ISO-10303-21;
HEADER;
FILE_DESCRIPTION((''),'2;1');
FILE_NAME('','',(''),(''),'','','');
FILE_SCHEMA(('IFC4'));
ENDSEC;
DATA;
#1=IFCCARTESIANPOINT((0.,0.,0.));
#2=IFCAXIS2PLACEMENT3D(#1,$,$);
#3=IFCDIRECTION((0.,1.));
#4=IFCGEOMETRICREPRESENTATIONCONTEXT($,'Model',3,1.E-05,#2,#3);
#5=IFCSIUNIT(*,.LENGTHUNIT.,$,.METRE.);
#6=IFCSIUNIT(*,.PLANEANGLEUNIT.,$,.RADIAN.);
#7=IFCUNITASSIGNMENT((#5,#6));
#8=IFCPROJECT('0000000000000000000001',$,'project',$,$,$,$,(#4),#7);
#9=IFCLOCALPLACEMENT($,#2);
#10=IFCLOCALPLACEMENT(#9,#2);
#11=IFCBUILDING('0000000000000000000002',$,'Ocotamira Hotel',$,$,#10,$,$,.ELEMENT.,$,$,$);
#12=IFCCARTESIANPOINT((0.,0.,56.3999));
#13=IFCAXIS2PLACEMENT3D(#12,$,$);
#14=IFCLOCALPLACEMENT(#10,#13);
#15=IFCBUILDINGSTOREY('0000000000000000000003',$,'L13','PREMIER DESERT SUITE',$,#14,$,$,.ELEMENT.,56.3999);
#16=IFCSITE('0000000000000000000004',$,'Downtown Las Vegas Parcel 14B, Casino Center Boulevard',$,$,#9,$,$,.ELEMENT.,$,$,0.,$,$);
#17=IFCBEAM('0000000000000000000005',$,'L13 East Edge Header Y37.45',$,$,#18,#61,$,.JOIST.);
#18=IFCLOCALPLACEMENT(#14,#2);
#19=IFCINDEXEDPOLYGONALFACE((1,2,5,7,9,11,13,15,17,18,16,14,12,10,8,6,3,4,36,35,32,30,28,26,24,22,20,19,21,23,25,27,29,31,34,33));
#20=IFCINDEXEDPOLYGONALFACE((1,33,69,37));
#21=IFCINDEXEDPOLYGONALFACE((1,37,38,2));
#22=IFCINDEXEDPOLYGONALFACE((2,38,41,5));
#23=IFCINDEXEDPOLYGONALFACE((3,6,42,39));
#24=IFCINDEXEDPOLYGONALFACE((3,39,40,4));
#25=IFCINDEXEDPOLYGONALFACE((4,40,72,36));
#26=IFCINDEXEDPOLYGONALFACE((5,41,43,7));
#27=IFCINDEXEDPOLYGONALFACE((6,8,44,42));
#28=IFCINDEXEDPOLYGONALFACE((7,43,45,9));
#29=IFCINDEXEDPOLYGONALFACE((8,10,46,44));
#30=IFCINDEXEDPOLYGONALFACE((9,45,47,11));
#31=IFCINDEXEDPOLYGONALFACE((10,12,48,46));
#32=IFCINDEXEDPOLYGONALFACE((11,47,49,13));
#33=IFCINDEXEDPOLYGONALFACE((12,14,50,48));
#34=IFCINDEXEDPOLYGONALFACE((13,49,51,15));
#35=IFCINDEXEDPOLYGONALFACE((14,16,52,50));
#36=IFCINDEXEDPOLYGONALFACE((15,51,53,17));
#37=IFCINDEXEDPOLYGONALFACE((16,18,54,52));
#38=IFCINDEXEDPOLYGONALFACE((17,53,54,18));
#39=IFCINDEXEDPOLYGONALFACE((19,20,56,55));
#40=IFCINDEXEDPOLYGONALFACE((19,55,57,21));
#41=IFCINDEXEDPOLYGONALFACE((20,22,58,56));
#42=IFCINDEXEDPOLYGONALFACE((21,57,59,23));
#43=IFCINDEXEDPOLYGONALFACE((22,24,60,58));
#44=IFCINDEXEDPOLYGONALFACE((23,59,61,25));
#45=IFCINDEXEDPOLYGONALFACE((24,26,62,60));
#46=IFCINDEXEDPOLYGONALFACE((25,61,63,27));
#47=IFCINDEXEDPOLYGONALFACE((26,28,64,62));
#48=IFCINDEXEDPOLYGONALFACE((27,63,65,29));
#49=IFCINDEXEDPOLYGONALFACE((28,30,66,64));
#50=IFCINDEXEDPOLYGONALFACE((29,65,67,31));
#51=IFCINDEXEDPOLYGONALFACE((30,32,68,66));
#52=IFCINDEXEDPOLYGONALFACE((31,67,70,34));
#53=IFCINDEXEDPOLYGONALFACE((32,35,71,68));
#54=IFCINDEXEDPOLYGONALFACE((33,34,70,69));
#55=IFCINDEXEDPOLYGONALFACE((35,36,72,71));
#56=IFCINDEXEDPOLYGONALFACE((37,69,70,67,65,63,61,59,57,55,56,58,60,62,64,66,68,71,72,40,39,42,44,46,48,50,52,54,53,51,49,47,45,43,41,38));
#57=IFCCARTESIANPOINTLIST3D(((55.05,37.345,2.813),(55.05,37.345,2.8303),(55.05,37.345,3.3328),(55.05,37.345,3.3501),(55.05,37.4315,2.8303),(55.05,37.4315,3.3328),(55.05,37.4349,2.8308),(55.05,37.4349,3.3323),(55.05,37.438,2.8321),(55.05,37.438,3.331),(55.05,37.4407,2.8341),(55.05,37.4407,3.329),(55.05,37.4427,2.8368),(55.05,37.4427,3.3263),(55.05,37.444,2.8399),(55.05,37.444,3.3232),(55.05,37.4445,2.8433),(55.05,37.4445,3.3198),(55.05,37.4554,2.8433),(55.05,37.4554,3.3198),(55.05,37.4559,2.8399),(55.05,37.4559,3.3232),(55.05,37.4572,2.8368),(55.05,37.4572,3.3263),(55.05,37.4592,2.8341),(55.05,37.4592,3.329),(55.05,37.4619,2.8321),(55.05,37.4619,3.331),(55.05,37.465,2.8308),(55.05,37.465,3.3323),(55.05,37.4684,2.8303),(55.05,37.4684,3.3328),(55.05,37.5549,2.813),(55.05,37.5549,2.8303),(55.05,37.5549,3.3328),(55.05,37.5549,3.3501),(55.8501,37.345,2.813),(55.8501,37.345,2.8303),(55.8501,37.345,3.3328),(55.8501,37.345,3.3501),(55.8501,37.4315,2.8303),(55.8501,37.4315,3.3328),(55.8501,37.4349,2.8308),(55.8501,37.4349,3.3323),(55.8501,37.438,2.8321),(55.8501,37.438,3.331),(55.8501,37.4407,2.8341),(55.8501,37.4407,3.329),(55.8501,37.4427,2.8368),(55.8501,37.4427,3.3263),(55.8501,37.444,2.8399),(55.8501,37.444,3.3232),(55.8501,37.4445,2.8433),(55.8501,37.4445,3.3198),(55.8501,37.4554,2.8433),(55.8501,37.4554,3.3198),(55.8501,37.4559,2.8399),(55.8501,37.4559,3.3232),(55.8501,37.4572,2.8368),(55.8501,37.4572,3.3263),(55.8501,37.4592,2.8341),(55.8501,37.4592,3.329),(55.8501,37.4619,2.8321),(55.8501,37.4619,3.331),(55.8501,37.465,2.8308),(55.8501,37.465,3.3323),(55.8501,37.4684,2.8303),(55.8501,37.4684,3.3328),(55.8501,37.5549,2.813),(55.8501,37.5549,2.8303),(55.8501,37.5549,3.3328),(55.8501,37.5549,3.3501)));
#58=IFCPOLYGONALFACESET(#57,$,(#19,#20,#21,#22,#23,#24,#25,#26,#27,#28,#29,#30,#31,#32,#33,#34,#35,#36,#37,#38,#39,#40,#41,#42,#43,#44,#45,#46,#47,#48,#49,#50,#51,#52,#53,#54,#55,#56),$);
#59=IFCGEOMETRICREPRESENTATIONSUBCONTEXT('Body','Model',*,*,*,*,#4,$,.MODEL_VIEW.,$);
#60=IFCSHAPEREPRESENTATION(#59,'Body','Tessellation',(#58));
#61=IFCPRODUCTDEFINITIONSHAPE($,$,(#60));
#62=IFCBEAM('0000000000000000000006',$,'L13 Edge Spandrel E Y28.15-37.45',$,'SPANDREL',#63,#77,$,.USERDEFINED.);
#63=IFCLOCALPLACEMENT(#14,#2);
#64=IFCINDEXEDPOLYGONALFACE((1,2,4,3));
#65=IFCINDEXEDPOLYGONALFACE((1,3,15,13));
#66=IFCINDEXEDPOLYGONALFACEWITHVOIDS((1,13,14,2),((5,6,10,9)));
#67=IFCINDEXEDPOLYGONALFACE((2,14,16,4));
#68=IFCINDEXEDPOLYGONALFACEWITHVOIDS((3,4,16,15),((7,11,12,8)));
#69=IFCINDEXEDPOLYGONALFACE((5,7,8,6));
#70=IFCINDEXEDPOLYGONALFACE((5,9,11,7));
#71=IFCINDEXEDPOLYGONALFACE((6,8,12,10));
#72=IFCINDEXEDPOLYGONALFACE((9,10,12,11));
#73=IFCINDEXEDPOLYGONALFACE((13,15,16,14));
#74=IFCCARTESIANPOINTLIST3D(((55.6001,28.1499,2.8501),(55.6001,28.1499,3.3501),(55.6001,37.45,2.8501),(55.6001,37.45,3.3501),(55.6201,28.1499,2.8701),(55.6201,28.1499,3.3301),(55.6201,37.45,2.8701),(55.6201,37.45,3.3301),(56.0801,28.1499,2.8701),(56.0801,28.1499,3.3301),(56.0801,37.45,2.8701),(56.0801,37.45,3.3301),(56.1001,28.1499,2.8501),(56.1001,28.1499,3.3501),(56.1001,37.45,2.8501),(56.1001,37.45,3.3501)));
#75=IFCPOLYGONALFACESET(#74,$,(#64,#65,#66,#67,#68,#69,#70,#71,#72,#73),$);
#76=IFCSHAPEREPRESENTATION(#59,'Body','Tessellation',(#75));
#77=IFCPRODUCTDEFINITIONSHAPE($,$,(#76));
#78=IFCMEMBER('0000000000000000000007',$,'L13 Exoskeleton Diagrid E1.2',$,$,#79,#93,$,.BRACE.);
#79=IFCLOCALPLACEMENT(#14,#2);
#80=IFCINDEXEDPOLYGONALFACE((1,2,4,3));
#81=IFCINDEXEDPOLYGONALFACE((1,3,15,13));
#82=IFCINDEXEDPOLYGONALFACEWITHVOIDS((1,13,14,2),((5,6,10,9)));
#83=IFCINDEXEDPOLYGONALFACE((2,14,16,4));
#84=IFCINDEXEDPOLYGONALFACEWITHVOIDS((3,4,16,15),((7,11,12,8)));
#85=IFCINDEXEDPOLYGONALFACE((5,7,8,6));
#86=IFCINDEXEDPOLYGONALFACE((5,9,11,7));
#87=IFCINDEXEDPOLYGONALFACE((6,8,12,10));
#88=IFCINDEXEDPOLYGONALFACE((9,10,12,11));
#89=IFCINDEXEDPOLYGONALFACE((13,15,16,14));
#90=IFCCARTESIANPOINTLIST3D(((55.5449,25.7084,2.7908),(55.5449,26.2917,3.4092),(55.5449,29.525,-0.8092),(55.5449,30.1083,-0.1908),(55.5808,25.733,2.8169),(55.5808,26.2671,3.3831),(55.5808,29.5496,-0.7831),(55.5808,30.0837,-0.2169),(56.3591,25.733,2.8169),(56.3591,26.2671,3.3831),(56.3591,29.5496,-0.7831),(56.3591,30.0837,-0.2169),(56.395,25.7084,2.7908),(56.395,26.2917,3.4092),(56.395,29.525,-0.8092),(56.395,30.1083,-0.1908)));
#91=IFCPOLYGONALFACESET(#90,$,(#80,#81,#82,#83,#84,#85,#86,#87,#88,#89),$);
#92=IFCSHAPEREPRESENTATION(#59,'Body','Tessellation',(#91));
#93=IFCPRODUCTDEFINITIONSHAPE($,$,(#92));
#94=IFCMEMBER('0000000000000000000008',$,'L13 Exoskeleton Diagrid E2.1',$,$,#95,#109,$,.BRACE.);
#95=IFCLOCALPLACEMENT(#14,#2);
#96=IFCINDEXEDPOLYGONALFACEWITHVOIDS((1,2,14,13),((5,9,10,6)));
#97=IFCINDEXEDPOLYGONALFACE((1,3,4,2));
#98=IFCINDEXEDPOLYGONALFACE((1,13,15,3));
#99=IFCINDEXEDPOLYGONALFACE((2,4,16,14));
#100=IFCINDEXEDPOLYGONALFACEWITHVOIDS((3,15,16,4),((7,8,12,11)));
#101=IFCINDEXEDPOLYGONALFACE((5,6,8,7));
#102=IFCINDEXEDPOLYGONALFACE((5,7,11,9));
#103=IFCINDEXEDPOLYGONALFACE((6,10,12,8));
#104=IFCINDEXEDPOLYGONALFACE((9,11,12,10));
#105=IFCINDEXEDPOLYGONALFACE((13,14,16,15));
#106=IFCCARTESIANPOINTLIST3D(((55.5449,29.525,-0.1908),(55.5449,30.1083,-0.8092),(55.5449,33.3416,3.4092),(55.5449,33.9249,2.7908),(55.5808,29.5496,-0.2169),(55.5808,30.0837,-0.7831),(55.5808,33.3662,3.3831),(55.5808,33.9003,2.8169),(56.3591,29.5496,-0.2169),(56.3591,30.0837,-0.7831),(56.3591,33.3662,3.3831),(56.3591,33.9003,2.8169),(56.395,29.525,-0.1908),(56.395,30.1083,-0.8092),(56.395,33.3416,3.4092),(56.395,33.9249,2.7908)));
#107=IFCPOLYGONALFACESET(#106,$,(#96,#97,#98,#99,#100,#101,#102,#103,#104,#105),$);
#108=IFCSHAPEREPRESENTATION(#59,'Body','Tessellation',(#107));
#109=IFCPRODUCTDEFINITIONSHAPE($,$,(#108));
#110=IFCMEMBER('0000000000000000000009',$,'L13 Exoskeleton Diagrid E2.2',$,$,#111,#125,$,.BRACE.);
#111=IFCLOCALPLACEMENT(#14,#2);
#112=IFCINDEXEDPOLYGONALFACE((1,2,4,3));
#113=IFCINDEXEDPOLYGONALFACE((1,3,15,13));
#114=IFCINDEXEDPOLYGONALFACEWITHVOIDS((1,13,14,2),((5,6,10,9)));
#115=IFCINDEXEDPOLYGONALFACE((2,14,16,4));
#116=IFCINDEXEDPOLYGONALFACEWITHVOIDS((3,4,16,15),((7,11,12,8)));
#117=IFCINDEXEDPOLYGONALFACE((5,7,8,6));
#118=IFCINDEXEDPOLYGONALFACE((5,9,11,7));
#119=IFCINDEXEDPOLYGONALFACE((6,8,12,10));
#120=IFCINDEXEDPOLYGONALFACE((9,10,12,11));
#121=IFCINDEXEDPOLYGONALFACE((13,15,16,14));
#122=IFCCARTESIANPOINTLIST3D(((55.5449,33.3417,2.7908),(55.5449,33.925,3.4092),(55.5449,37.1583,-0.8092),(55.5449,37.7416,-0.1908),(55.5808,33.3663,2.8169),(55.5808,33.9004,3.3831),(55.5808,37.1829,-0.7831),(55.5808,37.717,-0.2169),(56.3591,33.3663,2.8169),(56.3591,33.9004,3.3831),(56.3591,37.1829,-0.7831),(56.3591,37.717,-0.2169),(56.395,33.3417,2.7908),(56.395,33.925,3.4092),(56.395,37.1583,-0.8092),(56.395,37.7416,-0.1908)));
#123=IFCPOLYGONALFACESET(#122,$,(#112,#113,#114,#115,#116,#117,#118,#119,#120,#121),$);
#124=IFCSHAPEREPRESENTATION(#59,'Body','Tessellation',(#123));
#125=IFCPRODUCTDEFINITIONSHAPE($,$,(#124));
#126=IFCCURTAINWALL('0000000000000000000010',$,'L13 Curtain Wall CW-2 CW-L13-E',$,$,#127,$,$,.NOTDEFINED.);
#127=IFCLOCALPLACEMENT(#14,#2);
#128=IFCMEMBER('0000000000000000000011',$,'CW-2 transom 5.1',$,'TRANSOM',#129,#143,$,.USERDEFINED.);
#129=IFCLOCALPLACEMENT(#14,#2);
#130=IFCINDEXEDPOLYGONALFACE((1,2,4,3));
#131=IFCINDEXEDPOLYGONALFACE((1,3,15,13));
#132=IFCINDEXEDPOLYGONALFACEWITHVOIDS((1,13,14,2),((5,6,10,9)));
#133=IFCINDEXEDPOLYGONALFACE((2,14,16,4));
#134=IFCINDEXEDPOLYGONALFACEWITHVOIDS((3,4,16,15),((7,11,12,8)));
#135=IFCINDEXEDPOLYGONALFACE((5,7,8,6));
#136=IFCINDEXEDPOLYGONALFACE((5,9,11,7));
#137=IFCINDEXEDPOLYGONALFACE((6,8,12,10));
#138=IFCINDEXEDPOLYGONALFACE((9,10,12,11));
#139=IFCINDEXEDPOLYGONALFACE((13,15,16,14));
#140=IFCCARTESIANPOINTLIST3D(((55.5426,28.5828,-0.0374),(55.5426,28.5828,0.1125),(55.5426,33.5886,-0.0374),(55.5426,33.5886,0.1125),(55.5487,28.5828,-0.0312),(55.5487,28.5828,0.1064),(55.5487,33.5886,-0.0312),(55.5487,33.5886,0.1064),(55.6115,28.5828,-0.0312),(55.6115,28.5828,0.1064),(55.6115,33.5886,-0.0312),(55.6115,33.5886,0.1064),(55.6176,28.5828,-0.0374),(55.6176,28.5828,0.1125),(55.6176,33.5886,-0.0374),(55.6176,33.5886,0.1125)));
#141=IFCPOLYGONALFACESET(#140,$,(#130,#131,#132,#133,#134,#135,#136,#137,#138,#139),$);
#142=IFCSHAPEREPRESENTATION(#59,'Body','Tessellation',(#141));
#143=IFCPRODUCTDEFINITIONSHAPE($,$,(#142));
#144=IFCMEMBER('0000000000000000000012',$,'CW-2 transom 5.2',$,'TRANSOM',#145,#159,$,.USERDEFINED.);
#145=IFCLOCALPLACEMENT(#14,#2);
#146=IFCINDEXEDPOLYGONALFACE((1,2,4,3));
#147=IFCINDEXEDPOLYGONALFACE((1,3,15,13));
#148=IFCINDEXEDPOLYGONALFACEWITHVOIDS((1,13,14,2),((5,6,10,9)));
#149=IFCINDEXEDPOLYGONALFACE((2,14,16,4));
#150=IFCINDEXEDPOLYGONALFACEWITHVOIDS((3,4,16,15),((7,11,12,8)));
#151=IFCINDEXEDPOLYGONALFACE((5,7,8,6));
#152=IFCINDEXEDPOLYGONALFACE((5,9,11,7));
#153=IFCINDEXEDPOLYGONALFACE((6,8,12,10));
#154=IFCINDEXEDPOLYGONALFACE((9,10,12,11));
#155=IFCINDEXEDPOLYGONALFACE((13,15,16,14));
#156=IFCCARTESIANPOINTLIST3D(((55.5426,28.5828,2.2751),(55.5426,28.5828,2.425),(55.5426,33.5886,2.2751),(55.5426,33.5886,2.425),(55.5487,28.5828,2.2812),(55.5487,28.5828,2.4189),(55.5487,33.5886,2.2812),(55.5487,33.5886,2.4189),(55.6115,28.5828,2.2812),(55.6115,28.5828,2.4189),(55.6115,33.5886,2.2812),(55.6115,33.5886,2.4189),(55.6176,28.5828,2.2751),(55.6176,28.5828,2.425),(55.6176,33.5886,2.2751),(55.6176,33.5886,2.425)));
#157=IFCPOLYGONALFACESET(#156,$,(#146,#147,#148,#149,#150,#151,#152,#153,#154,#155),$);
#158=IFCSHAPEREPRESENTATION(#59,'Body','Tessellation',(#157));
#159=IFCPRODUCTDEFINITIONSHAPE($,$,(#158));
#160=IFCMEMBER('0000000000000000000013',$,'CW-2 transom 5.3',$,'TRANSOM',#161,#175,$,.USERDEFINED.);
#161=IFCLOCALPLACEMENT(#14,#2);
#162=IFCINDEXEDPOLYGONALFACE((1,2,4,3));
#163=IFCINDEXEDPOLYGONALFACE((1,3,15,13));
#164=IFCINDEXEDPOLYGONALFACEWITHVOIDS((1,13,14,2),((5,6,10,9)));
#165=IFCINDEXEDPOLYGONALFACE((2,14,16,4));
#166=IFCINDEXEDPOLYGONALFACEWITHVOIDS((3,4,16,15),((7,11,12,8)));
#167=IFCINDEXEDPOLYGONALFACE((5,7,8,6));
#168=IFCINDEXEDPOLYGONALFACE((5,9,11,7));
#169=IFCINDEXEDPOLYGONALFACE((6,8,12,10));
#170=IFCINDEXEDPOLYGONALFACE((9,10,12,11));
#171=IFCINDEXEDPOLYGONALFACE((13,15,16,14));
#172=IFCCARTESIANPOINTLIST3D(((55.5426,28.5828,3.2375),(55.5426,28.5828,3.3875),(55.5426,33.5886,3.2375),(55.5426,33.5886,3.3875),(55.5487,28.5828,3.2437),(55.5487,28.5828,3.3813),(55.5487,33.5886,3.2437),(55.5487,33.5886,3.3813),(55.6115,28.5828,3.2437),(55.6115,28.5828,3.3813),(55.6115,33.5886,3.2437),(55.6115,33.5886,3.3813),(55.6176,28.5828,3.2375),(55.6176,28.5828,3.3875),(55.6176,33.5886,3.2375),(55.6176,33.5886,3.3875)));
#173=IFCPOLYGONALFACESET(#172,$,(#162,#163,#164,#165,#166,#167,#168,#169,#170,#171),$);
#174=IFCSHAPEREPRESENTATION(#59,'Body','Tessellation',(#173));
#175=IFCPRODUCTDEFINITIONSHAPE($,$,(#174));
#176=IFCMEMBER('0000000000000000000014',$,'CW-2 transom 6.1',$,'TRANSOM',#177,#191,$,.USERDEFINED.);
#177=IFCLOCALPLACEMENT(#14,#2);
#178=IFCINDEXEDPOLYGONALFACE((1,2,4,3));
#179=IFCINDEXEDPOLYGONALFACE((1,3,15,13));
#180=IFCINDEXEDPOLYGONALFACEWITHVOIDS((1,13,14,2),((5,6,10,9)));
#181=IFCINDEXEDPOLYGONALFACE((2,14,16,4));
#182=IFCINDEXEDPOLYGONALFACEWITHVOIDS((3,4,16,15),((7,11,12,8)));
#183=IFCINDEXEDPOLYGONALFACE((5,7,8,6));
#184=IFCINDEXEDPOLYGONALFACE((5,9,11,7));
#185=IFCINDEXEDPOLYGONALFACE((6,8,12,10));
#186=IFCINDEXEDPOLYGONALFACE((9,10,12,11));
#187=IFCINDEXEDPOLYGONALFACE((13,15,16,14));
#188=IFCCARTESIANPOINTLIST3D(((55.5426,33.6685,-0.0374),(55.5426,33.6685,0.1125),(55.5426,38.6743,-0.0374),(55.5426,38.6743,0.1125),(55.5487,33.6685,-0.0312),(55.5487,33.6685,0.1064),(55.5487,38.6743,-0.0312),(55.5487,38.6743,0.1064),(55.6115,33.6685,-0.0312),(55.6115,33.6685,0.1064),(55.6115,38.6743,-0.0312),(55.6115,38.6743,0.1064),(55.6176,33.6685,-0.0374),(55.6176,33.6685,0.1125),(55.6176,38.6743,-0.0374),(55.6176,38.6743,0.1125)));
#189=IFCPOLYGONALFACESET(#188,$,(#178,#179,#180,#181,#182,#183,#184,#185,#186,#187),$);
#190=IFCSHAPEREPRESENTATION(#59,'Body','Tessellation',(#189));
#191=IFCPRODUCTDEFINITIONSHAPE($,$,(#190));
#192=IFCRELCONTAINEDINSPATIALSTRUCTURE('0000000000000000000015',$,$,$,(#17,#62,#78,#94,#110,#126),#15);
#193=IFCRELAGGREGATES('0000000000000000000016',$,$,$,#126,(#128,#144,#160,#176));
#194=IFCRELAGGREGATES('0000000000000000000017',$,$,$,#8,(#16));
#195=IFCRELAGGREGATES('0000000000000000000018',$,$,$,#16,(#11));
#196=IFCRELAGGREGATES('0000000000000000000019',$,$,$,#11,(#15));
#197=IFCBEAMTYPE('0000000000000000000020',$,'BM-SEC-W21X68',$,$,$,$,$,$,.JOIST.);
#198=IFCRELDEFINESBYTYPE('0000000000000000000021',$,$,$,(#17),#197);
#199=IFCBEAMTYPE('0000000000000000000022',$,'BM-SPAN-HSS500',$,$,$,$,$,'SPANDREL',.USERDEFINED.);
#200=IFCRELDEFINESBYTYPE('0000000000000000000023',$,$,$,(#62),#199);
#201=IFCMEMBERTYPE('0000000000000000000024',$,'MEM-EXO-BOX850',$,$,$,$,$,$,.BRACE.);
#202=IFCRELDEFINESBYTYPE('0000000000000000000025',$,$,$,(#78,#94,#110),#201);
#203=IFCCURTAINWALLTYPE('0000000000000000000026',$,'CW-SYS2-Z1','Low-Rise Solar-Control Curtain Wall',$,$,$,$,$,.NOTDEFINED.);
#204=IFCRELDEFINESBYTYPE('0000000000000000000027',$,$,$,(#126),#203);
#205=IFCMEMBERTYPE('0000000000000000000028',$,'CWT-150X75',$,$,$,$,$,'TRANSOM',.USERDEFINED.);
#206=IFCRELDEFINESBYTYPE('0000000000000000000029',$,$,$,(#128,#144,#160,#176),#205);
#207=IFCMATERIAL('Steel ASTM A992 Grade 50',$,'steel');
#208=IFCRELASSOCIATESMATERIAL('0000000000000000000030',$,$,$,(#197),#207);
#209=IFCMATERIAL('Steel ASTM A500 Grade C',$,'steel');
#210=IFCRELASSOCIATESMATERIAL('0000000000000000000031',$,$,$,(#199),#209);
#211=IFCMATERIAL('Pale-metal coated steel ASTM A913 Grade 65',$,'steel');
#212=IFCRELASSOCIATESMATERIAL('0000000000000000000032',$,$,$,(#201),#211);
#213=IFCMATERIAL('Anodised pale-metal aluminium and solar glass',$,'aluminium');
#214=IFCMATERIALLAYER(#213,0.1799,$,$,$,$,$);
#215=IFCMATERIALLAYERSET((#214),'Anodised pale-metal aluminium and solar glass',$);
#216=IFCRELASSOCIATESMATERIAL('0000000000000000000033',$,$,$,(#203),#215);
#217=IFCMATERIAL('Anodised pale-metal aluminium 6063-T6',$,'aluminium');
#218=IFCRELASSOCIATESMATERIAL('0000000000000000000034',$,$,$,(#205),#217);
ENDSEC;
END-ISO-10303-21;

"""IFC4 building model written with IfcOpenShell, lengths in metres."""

from ifc_helpers import new_model, si_unit, direction, frame, origin, origin_2d, place, context, subcontext, project, spatial, hollow_rectangle, i_section, extrude, source, transform, mapped, material, layer, layer_set, material_profile, profile_set, type_object, element, aggregate, save


model = new_model("IFC4")

# Units and contexts
model_context = context("Model", 3, precision=1e-05, world=origin(), true_north=direction((0.0, 1.0)))
body_context = subcontext(model_context, "Body", "Model", "MODEL_VIEW")
ifc_project = project(units=[si_unit("LENGTHUNIT", "METRE"), si_unit("PLANEANGLEUNIT", "RADIAN")], contexts=[model_context])

# Site, building, storey
site_placement = place(None, origin())
site = spatial("IfcSite", under=ifc_project, at=site_placement, Name="Downtown Las Vegas Parcel 14B, Casino Center Boulevard", CompositionType="ELEMENT", RefElevation=0.0)
building_placement = place(site_placement, origin())
building = spatial("IfcBuilding", under=site, at=building_placement, Name="Ocotamira Hotel", CompositionType="ELEMENT")
storey_placement = place(building_placement, frame((0.0, 0.0, 56.3999)))
storey = spatial("IfcBuildingStorey", under=building, at=storey_placement, Name="L13", Description="PREMIER DESERT SUITE", CompositionType="ELEMENT", Elevation=56.3999)

# Beams
ifc_material_1 = material(Name="Steel ASTM A500 Grade C", Category="steel")
ifc_material_2 = material(Name="Steel ASTM A992 Grade 50", Category="steel")
ifc_material_profile_1 = material_profile(ifc_material_2, i_section(OverallWidth=0.21, OverallDepth=0.5371, WebThickness=0.011, FlangeThickness=0.0173, FilletRadius=0.0129, at=origin_2d()), Name="W21X68")
ifc_profile_set_1 = profile_set([ifc_material_profile_1], Name="Steel ASTM A992 Grade 50")
beam_type_1 = type_object("IfcBeamType", Name="BM-SEC-W21X68", PredefinedType="JOIST", material=ifc_profile_set_1)
shared_shape_1 = source(origin(), body_context, "Body", "SweptSolid", [
    extrude(i_section(OverallWidth=0.21, OverallDepth=0.5371, WebThickness=0.011, FlangeThickness=0.0173, FilletRadius=0.0129, at=origin_2d()), origin(), (0.0, 0.0, 1.0), 0.8),
])
for number, where, z_axis, x_axis, name in (
    (1, (55.05, 37.45, 3.0815), (1.0, 0.0, 0.0), (0.0, 1.0, 0.0), "L13 East Edge Header Y37.45"),
):
    element("IfcBeam", number, at=place(storey_placement, frame(where, z_axis=z_axis, x_axis=x_axis)), inside=storey, type_object=beam_type_1, Name=name, PredefinedType="JOIST", context=body_context, shape_type="MappedRepresentation", body=[
        mapped(shared_shape_1, transform((0.0, 0.0, 0.0), scale=1.0)),
    ])
ifc_material_profile_2 = material_profile(ifc_material_1, hollow_rectangle(XDim=0.5, YDim=0.5, WallThickness=0.02, at=origin_2d()), Name="HSS500X500X20")
ifc_profile_set_2 = profile_set([ifc_material_profile_2], Name="Steel ASTM A500 Grade C")
beam_type_2 = type_object("IfcBeamType", Name="BM-SPAN-HSS500", ElementType="SPANDREL", PredefinedType="USERDEFINED", material=ifc_profile_set_2)
shared_shape_2 = source(origin(), body_context, "Body", "SweptSolid", [
    extrude(hollow_rectangle(XDim=0.5, YDim=0.5, WallThickness=0.02, at=origin_2d()), origin(), (0.0, 0.0, 1.0), 9.3),
])
beam_1_placement = place(storey_placement, frame((55.8501, 28.1499, 3.1001), z_axis=(0.0, 1.0, 0.0), x_axis=(-1.0, 0.0, 0.0)))
element("IfcBeam", 2, at=beam_1_placement, inside=storey, type_object=beam_type_2, Name="L13 Edge Spandrel E Y28.15-37.45", ObjectType="SPANDREL", PredefinedType="USERDEFINED", context=body_context, shape_type="MappedRepresentation", body=[
    mapped(shared_shape_2, transform((0.0, 0.0, 0.0), scale=1.0)),
])

# Members
ifc_material_3 = material(Name="Pale-metal coated steel ASTM A913 Grade 65", Category="steel")
ifc_material_profile_3 = material_profile(ifc_material_3, hollow_rectangle(XDim=0.8501, YDim=0.8501, WallThickness=0.0359, at=origin_2d()), Name="BOX850X850X36")
ifc_profile_set_3 = profile_set([ifc_material_profile_3], Name="Pale-metal coated steel ASTM A913 Grade 65")
member_type_1 = type_object("IfcMemberType", Name="MEM-EXO-BOX850", PredefinedType="BRACE", material=ifc_profile_set_3)
shared_shape_3 = source(origin(), body_context, "Body", "SweptSolid", [
    extrude(hollow_rectangle(XDim=0.8501, YDim=0.8501, WallThickness=0.0359, at=origin_2d()), origin(), (0.0, 0.0, 1.0), 5.2466),
])
for number, where, z_axis, x_axis, name in (
    (3, (55.97, 29.8167, -0.5), (0.0, -0.727443, 0.686168), (1.0, 0.0, 0.0), "L13 Exoskeleton Diagrid E1.2"),
    (4, (55.97, 29.8167, -0.5), (0.0, 0.727443, 0.686168), (-1.0, 0.0, 0.0), "L13 Exoskeleton Diagrid E2.1"),
    (5, (55.97, 37.45, -0.5), (0.0, -0.727443, 0.686168), (1.0, 0.0, 0.0), "L13 Exoskeleton Diagrid E2.2"),
):
    element("IfcMember", number, at=place(storey_placement, frame(where, z_axis=z_axis, x_axis=x_axis)), inside=storey, type_object=member_type_1, Name=name, PredefinedType="BRACE", context=body_context, shape_type="MappedRepresentation", body=[
        mapped(shared_shape_3, transform((0.0, 0.0, 0.0), scale=1.0)),
    ])

# Curtain wall, members
ifc_material_4 = material(Name="Anodised pale-metal aluminium and solar glass", Category="aluminium")
ifc_layer_1 = layer(ifc_material_4, 0.1799)
ifc_layer_set_1 = layer_set([ifc_layer_1], Name="Anodised pale-metal aluminium and solar glass")
curtain_wall_type = type_object("IfcCurtainWallType", Name="CW-SYS2-Z1", Description="Low-Rise Solar-Control Curtain Wall", PredefinedType="NOTDEFINED", material=ifc_layer_set_1)
curtain_wall_placement = place(storey_placement, origin())
curtain_wall = element("IfcCurtainWall", 6, at=curtain_wall_placement, inside=storey, type_object=curtain_wall_type, Name="L13 Curtain Wall CW-2 CW-L13-E", PredefinedType="NOTDEFINED")
ifc_material_5 = material(Name="Anodised pale-metal aluminium 6063-T6", Category="aluminium")
ifc_material_profile_4 = material_profile(ifc_material_5, hollow_rectangle(XDim=0.075, YDim=0.1499, WallThickness=0.0061, at=origin_2d()), Name="HSS150X75X6")
ifc_profile_set_4 = profile_set([ifc_material_profile_4], Name="Anodised pale-metal aluminium 6063-T6")
member_type_2 = type_object("IfcMemberType", Name="CWT-150X75", ElementType="TRANSOM", PredefinedType="USERDEFINED", material=ifc_profile_set_4)
shared_shape_4 = source(origin(), body_context, "Body", "SweptSolid", [
    extrude(hollow_rectangle(XDim=0.075, YDim=0.1499, WallThickness=0.0061, at=origin_2d()), origin(), (0.0, 0.0, 1.0), 5.0059),
])
member_1_placement = place(storey_placement, frame((55.5801, 28.5828, 0.0376), z_axis=(0.0, 1.0, 0.0), x_axis=(-1.0, 0.0, 0.0)))
member_1 = element("IfcMember", 7, at=member_1_placement, type_object=member_type_2, Name="CW-2 transom 5.1", ObjectType="TRANSOM", PredefinedType="USERDEFINED", context=body_context, shape_type="MappedRepresentation", body=[
    mapped(shared_shape_4, transform((0.0, 0.0, 0.0), scale=1.0)),
])
member_2_placement = place(storey_placement, frame((55.5801, 28.5828, 2.3501), z_axis=(0.0, 1.0, 0.0), x_axis=(-1.0, 0.0, 0.0)))
member_2 = element("IfcMember", 8, at=member_2_placement, type_object=member_type_2, Name="CW-2 transom 5.2", ObjectType="TRANSOM", PredefinedType="USERDEFINED", context=body_context, shape_type="MappedRepresentation", body=[
    mapped(shared_shape_4, transform((0.0, 0.0, 0.0), scale=1.0)),
])
member_3_placement = place(storey_placement, frame((55.5801, 28.5828, 3.3125), z_axis=(0.0, 1.0, 0.0), x_axis=(-1.0, 0.0, 0.0)))
member_3 = element("IfcMember", 9, at=member_3_placement, type_object=member_type_2, Name="CW-2 transom 5.3", ObjectType="TRANSOM", PredefinedType="USERDEFINED", context=body_context, shape_type="MappedRepresentation", body=[
    mapped(shared_shape_4, transform((0.0, 0.0, 0.0), scale=1.0)),
])
member_4_placement = place(storey_placement, frame((55.5801, 33.6685, 0.0376), z_axis=(0.0, 1.0, 0.0), x_axis=(-1.0, 0.0, 0.0)))
member_4 = element("IfcMember", 10, at=member_4_placement, type_object=member_type_2, Name="CW-2 transom 6.1", ObjectType="TRANSOM", PredefinedType="USERDEFINED", context=body_context, shape_type="MappedRepresentation", body=[
    mapped(shared_shape_4, transform((0.0, 0.0, 0.0), scale=1.0)),
])

aggregate(curtain_wall, [member_1, member_2, member_3, member_4])

save(model, "model.ifc")
